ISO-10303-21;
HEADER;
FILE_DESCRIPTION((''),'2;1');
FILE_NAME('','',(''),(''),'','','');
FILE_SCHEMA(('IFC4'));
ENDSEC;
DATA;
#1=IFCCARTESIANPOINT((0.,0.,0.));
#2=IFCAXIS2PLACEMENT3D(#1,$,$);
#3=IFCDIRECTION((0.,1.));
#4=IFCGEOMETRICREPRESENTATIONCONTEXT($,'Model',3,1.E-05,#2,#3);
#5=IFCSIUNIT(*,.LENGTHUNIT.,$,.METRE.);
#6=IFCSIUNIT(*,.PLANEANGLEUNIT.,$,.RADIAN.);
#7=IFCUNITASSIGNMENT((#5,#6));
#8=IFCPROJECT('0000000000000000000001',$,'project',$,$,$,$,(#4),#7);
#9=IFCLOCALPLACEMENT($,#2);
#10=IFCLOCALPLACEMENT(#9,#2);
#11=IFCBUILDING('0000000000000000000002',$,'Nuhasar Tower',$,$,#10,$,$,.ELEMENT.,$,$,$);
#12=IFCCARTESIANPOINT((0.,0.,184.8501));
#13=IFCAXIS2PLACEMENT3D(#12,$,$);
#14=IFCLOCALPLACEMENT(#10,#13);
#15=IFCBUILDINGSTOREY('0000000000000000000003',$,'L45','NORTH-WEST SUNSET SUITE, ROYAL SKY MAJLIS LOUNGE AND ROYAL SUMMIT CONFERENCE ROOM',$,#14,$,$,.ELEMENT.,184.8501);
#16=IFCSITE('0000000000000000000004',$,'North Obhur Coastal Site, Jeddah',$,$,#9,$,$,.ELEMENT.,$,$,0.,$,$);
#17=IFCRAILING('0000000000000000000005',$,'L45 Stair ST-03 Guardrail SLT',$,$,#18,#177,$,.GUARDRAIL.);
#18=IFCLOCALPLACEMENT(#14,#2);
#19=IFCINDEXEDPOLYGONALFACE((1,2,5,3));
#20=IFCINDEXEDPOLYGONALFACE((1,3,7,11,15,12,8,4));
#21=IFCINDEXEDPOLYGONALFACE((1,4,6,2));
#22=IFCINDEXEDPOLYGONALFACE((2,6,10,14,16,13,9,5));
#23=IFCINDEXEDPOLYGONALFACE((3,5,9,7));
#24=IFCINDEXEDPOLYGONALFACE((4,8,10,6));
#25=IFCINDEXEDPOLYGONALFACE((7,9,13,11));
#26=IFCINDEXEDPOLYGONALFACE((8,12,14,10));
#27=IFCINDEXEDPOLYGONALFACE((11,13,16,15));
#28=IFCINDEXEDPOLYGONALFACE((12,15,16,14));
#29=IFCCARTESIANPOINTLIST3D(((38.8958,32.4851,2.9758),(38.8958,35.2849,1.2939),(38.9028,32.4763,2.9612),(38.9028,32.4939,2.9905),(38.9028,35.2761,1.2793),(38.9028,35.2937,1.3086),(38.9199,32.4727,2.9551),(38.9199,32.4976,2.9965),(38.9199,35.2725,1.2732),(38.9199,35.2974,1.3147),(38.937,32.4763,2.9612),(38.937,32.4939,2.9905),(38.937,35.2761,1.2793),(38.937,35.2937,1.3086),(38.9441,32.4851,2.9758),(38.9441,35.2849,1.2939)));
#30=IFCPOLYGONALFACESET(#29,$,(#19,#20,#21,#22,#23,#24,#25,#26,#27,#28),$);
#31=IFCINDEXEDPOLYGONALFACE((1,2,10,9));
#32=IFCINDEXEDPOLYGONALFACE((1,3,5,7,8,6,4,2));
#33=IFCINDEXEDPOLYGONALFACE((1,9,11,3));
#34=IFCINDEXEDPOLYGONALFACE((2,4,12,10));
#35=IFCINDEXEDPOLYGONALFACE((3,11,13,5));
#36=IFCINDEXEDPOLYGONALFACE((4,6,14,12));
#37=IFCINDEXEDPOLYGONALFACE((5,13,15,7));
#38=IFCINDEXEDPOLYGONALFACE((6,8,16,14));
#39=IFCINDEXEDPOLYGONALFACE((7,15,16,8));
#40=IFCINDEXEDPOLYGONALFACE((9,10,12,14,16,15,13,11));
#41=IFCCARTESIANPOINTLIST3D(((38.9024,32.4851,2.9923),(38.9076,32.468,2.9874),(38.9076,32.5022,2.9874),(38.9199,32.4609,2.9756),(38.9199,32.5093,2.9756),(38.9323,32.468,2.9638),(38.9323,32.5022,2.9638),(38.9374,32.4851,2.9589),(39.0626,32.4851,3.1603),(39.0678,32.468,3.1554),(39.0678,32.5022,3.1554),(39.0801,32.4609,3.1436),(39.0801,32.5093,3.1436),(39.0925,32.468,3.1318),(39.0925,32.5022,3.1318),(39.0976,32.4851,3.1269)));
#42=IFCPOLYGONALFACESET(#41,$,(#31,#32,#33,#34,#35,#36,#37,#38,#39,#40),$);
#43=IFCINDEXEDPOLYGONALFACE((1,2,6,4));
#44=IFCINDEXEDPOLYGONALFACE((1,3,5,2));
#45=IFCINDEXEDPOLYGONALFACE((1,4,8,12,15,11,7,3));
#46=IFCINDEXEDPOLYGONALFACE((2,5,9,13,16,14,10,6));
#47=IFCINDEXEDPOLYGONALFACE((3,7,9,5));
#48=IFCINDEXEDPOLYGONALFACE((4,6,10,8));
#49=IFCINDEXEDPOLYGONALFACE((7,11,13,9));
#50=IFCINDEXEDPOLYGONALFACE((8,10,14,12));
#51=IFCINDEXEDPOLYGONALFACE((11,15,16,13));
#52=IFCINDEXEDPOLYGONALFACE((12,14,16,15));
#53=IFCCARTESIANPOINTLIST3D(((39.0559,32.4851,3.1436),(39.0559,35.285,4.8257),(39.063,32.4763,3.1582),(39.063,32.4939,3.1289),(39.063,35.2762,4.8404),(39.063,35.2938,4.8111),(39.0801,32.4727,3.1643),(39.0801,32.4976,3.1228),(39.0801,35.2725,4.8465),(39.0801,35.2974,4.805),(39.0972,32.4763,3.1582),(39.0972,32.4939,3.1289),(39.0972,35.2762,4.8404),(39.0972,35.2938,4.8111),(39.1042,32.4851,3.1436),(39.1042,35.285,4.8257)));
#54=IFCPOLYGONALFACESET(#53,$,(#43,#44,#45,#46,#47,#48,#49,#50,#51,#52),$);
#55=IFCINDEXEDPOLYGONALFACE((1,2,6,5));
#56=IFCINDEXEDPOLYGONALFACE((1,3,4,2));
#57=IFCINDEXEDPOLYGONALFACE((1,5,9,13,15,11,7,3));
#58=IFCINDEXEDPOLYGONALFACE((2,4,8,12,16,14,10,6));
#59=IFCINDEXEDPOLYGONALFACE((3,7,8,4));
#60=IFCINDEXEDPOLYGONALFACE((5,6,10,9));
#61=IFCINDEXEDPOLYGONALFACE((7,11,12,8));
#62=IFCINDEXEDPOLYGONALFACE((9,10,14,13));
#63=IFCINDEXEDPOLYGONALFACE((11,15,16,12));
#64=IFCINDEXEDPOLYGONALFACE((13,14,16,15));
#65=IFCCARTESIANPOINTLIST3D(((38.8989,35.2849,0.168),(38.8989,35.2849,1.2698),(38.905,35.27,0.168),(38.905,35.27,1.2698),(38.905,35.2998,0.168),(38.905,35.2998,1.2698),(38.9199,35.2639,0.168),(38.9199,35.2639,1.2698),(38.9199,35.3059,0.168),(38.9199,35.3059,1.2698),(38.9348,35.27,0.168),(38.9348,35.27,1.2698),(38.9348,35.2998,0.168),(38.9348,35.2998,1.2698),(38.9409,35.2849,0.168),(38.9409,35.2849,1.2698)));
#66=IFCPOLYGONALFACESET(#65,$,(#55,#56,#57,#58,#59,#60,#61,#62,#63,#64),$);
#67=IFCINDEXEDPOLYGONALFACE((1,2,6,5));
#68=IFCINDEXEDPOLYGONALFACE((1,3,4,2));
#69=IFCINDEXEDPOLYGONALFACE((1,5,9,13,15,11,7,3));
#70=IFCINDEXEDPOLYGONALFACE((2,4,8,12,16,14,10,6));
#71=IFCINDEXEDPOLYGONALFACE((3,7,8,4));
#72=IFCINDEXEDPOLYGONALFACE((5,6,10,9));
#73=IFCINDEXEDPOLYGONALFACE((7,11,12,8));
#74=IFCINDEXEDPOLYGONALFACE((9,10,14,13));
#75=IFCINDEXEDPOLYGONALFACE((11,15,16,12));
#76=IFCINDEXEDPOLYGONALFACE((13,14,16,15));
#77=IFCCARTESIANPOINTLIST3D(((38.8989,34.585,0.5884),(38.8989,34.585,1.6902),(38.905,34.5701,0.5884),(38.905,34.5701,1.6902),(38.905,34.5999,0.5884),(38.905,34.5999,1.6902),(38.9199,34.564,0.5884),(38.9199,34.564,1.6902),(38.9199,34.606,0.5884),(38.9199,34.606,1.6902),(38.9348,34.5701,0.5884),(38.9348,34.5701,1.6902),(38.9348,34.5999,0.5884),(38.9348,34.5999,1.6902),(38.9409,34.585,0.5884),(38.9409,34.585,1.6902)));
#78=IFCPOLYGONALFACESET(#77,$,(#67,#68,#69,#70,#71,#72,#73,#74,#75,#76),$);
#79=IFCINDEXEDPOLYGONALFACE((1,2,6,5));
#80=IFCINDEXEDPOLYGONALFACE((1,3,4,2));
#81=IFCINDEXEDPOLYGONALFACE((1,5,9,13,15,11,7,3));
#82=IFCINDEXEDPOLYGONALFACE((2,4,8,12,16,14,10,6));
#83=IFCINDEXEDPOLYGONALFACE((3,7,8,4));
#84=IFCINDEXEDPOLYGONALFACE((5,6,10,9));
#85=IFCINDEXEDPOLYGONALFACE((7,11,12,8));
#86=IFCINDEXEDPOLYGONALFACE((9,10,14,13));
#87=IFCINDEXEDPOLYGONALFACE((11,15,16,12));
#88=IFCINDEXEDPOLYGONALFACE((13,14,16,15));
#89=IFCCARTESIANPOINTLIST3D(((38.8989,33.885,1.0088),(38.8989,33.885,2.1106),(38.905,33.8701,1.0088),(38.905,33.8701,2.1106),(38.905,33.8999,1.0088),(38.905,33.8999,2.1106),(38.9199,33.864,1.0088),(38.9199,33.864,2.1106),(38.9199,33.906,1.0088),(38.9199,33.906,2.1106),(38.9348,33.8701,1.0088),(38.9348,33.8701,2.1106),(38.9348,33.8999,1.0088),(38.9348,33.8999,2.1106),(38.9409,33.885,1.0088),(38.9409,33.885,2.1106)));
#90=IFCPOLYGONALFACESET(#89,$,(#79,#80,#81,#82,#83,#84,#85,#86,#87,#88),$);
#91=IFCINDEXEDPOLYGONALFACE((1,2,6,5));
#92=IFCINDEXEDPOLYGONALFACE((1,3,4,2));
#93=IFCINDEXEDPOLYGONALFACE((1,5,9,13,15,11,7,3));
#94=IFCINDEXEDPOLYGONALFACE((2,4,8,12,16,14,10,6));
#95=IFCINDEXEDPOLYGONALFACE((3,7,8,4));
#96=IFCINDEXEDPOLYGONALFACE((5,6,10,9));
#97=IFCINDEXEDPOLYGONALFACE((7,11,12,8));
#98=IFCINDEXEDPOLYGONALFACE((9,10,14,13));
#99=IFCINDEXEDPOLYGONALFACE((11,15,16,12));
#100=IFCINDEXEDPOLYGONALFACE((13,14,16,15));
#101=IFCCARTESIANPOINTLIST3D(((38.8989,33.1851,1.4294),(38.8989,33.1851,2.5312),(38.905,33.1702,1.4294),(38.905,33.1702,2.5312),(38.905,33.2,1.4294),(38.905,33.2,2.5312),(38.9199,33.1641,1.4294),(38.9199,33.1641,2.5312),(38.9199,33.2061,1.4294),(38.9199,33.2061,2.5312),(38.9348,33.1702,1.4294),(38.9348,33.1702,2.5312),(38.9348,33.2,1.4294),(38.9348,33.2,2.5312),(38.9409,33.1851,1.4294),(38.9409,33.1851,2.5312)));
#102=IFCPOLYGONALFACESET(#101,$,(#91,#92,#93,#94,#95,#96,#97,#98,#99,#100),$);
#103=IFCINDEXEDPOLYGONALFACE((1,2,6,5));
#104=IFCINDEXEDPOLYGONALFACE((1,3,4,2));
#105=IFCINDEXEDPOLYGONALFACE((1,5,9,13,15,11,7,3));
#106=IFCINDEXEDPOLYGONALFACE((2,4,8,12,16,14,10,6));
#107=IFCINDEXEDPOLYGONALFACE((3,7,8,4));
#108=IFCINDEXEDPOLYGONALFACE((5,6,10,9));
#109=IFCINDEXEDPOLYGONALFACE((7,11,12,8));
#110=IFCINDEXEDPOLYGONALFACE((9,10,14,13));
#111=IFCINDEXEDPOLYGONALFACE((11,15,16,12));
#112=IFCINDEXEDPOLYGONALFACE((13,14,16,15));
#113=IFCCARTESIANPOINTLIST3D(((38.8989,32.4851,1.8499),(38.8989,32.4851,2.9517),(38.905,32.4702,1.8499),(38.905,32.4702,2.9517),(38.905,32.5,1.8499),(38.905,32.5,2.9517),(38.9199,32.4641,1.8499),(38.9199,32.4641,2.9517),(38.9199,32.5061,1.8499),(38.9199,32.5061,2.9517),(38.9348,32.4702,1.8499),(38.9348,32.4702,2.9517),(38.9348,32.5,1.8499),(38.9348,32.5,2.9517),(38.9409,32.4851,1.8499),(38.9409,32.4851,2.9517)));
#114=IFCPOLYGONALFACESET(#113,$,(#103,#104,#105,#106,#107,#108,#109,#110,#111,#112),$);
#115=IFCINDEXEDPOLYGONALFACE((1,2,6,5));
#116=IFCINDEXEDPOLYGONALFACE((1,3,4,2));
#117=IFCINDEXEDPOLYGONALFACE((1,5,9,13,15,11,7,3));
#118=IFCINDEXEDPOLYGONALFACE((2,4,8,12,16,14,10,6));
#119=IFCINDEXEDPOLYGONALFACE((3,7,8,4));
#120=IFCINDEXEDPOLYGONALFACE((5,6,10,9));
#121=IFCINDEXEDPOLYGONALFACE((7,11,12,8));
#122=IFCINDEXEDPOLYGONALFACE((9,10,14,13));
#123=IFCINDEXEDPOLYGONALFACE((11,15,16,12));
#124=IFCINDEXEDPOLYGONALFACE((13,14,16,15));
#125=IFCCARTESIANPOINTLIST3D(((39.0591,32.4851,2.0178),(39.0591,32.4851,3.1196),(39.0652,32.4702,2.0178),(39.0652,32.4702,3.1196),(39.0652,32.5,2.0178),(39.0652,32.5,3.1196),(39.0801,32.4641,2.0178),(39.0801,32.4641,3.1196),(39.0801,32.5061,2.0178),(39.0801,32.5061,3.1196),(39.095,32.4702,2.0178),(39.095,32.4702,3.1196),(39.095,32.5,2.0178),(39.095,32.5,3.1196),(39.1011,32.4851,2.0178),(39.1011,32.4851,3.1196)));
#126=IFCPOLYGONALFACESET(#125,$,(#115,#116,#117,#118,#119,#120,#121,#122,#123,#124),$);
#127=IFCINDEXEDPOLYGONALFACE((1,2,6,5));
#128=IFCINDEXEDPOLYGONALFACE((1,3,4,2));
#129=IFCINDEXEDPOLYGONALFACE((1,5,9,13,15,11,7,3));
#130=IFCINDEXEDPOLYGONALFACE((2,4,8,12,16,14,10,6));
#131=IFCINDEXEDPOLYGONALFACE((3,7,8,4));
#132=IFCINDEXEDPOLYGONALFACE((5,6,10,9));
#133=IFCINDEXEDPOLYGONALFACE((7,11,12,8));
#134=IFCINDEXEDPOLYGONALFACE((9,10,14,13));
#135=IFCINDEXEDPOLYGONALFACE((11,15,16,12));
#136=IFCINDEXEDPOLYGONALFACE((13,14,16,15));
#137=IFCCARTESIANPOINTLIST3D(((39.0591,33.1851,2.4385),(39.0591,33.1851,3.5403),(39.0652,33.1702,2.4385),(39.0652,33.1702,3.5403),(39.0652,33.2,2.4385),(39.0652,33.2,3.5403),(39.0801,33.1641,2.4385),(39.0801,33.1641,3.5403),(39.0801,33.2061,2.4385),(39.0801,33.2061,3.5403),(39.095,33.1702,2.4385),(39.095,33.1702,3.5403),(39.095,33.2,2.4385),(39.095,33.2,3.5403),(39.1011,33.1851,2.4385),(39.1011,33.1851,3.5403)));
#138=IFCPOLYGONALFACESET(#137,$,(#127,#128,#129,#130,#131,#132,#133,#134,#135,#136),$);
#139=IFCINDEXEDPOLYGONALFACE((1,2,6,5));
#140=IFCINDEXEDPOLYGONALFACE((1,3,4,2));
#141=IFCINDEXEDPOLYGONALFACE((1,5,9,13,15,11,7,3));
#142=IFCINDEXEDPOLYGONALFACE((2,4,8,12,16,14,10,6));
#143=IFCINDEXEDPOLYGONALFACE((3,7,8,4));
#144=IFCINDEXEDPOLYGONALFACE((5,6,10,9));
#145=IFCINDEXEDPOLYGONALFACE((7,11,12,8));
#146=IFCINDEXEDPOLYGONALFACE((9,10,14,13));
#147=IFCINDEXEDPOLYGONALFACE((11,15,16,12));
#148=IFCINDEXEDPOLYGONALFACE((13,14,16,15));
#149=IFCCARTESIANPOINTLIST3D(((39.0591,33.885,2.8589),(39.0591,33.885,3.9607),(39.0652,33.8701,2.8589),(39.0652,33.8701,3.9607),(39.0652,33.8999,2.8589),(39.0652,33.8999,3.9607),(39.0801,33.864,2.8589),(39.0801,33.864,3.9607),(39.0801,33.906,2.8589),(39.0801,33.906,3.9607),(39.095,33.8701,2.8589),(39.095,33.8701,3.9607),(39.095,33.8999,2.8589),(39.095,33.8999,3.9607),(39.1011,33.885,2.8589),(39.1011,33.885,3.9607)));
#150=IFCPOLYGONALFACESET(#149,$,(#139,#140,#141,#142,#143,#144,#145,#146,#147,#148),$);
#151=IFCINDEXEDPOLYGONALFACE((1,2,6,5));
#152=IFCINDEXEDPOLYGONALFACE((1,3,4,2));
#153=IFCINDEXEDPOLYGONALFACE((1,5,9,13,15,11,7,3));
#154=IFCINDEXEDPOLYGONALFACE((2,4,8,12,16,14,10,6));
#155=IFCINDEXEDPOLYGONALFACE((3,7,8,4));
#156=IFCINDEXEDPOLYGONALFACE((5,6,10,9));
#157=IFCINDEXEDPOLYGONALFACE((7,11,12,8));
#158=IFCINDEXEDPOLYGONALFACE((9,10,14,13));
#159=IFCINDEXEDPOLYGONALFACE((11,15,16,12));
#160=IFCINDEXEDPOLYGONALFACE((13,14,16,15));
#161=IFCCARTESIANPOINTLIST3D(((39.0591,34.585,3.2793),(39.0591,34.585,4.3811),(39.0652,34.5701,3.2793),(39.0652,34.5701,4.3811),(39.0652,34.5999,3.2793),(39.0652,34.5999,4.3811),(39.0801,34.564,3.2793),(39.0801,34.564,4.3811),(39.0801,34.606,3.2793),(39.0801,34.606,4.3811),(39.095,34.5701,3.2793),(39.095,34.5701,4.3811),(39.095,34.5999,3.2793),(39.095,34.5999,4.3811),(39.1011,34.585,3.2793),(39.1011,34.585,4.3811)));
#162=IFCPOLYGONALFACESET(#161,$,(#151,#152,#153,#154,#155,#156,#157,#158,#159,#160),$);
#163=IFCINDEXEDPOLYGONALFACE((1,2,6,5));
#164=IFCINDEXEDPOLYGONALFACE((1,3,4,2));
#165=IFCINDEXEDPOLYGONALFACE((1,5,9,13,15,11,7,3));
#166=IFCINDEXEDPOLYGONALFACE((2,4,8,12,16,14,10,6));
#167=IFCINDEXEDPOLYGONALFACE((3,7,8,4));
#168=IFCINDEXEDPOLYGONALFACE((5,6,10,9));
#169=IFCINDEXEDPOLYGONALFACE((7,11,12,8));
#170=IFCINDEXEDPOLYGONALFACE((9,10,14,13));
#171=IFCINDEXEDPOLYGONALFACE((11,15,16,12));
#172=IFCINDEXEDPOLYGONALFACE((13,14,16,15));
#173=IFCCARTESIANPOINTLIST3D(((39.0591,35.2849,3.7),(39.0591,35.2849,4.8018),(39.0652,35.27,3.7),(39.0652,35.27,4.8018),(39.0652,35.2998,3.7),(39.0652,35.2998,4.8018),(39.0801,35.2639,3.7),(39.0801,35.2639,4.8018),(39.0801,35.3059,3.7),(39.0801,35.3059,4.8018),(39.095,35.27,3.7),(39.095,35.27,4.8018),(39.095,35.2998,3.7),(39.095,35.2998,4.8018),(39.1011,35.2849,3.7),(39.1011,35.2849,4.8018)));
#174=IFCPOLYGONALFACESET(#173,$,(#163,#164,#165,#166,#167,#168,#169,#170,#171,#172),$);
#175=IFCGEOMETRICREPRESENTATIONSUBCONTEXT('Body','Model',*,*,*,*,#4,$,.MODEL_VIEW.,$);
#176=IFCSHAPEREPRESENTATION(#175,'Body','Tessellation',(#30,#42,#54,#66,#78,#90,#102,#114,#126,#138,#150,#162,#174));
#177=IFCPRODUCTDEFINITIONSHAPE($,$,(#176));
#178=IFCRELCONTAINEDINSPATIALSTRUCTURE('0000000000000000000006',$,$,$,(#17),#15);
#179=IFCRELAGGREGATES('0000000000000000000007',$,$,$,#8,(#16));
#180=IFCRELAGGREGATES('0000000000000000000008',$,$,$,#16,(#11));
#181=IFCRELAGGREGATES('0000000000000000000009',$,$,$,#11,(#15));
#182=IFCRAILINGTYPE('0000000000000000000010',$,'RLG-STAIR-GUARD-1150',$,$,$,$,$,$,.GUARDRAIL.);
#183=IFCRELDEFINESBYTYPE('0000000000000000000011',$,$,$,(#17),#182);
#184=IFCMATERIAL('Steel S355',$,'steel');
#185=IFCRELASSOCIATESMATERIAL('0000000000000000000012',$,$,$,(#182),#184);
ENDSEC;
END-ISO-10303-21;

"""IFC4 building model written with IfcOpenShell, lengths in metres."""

from ifc_helpers import new_model, si_unit, direction, frame, origin, place, context, subcontext, project, spatial, polyline, outline, extrude, material, type_object, element, save


model = new_model("IFC4")

# Units and contexts
model_context = context("Model", 3, precision=1e-05, world=origin(), true_north=direction((0.0, 1.0)))
body_context = subcontext(model_context, "Body", "Model", "MODEL_VIEW")
ifc_project = project(units=[si_unit("LENGTHUNIT", "METRE"), si_unit("PLANEANGLEUNIT", "RADIAN")], contexts=[model_context])

# Site, building, storey
site_placement = place(None, origin())
site = spatial("IfcSite", under=ifc_project, at=site_placement, Name="North Obhur Coastal Site, Jeddah", CompositionType="ELEMENT", RefElevation=0.0)
building_placement = place(site_placement, origin())
building = spatial("IfcBuilding", under=site, at=building_placement, Name="Nuhasar Tower", CompositionType="ELEMENT")
storey_placement = place(building_placement, frame((0.0, 0.0, 184.8501)))
storey = spatial("IfcBuildingStorey", under=building, at=storey_placement, Name="L45", Description="NORTH-WEST SUNSET SUITE, ROYAL SKY MAJLIS LOUNGE AND ROYAL SUMMIT CONFERENCE ROOM", CompositionType="ELEMENT", Elevation=184.8501)

# Shared definitions
ifc_material_1 = material(Name="Steel S355", Category="steel")

# Railing
railing_type_1 = type_object("IfcRailingType", Name="RLG-STAIR-GUARD-1150", PredefinedType="GUARDRAIL", material=ifc_material_1)
railing_1_placement = place(storey_placement, frame((38.9199, 35.2849, 0.168)))
element("IfcRailing", 1, at=railing_1_placement, inside=storey, type_object=railing_type_1, Name="L45 Stair ST-03 Guardrail SLT", PredefinedType="GUARDRAIL", context=body_context, shape_type="SweptSolid", body=[
    extrude(outline(polyline([(0.0242, 0.0), (0.0171, 0.0171), (0.0, 0.0242), (-0.0171, 0.0171), (-0.0242, 0.0), (-0.0171, -0.0171), (0.0, -0.0242), (0.0171, -0.0171), (0.0242, 0.0)])), frame((0.0, 0.0, 1.126), z_axis=(0.0, -0.857222, 0.514946), x_axis=(1.0, 0.0, 0.0)), (0.0, 0.0, 1.0), 3.2661),
    extrude(outline(polyline([(0.0242, 0.0), (0.0171, 0.0171), (0.0, 0.0242), (-0.0171, 0.0171), (-0.0242, 0.0), (-0.0171, -0.0171), (0.0, -0.0242), (0.0171, -0.0171), (0.0242, 0.0)])), frame((0.0, -2.7998, 2.8076), z_axis=(0.690075, 0.0, 0.723738), x_axis=(0.0, 1.0, 0.0)), (0.0, 0.0, 1.0), 0.2322),
    extrude(outline(polyline([(0.0242, 0.0), (0.0171, 0.0171), (0.0, 0.0242), (-0.0171, 0.0171), (-0.0242, 0.0), (-0.0171, -0.0171), (0.0, -0.0242), (0.0171, -0.0171), (0.0242, 0.0)])), frame((0.1602, -2.7998, 2.9756), z_axis=(0.0, 0.857189, 0.515001), x_axis=(-1.0, 0.0, 0.0)), (0.0, 0.0, 1.0), 3.2664),
    extrude(outline(polyline([(0.021, 0.0), (0.0149, 0.0149), (0.0, 0.021), (-0.0149, 0.0149), (-0.021, 0.0), (-0.0149, -0.0149), (0.0, -0.021), (0.0149, -0.0149), (0.021, 0.0)])), origin(), (0.0, 0.0, 1.0), 1.1018),
    extrude(outline(polyline([(0.021, 0.0), (0.0149, 0.0149), (0.0, 0.021), (-0.0149, 0.0149), (-0.021, 0.0), (-0.0149, -0.0149), (0.0, -0.021), (0.0149, -0.0149), (0.021, 0.0)])), frame((0.0, -0.7, 0.4204)), (0.0, 0.0, 1.0), 1.1018),
    extrude(outline(polyline([(0.021, 0.0), (0.0149, 0.0149), (0.0, 0.021), (-0.0149, 0.0149), (-0.021, 0.0), (-0.0149, -0.0149), (0.0, -0.021), (0.0149, -0.0149), (0.021, 0.0)])), frame((0.0, -1.3999, 0.8408)), (0.0, 0.0, 1.0), 1.1018),
    extrude(outline(polyline([(0.021, 0.0), (0.0149, 0.0149), (0.0, 0.021), (-0.0149, 0.0149), (-0.021, 0.0), (-0.0149, -0.0149), (0.0, -0.021), (0.0149, -0.0149), (0.021, 0.0)])), frame((0.0, -2.0999, 1.2615)), (0.0, 0.0, 1.0), 1.1018),
    extrude(outline(polyline([(0.021, 0.0), (0.0149, 0.0149), (0.0, 0.021), (-0.0149, 0.0149), (-0.021, 0.0), (-0.0149, -0.0149), (0.0, -0.021), (0.0149, -0.0149), (0.021, 0.0)])), frame((0.0, -2.7998, 1.6819)), (0.0, 0.0, 1.0), 1.1018),
    extrude(outline(polyline([(0.021, 0.0), (0.0149, 0.0149), (0.0, 0.021), (-0.0149, 0.0149), (-0.021, 0.0), (-0.0149, -0.0149), (0.0, -0.021), (0.0149, -0.0149), (0.021, 0.0)])), frame((0.1602, -2.7998, 1.8499)), (0.0, 0.0, 1.0), 1.1018),
    extrude(outline(polyline([(0.021, 0.0), (0.0149, 0.0149), (0.0, 0.021), (-0.0149, 0.0149), (-0.021, 0.0), (-0.0149, -0.0149), (0.0, -0.021), (0.0149, -0.0149), (0.021, 0.0)])), frame((0.1602, -2.0999, 2.2705)), (0.0, 0.0, 1.0), 1.1018),
    extrude(outline(polyline([(0.021, 0.0), (0.0149, 0.0149), (0.0, 0.021), (-0.0149, 0.0149), (-0.021, 0.0), (-0.0149, -0.0149), (0.0, -0.021), (0.0149, -0.0149), (0.021, 0.0)])), frame((0.1602, -1.3999, 2.6909)), (0.0, 0.0, 1.0), 1.1018),
    extrude(outline(polyline([(0.021, 0.0), (0.0149, 0.0149), (0.0, 0.021), (-0.0149, 0.0149), (-0.021, 0.0), (-0.0149, -0.0149), (0.0, -0.021), (0.0149, -0.0149), (0.021, 0.0)])), frame((0.1602, -0.7, 3.1113)), (0.0, 0.0, 1.0), 1.1018),
    extrude(outline(polyline([(0.021, 0.0), (0.0149, 0.0149), (0.0, 0.021), (-0.0149, 0.0149), (-0.021, 0.0), (-0.0149, -0.0149), (0.0, -0.021), (0.0149, -0.0149), (0.021, 0.0)])), frame((0.1602, 0.0, 3.532)), (0.0, 0.0, 1.0), 1.1018),
])

save(model, "model.ifc")
